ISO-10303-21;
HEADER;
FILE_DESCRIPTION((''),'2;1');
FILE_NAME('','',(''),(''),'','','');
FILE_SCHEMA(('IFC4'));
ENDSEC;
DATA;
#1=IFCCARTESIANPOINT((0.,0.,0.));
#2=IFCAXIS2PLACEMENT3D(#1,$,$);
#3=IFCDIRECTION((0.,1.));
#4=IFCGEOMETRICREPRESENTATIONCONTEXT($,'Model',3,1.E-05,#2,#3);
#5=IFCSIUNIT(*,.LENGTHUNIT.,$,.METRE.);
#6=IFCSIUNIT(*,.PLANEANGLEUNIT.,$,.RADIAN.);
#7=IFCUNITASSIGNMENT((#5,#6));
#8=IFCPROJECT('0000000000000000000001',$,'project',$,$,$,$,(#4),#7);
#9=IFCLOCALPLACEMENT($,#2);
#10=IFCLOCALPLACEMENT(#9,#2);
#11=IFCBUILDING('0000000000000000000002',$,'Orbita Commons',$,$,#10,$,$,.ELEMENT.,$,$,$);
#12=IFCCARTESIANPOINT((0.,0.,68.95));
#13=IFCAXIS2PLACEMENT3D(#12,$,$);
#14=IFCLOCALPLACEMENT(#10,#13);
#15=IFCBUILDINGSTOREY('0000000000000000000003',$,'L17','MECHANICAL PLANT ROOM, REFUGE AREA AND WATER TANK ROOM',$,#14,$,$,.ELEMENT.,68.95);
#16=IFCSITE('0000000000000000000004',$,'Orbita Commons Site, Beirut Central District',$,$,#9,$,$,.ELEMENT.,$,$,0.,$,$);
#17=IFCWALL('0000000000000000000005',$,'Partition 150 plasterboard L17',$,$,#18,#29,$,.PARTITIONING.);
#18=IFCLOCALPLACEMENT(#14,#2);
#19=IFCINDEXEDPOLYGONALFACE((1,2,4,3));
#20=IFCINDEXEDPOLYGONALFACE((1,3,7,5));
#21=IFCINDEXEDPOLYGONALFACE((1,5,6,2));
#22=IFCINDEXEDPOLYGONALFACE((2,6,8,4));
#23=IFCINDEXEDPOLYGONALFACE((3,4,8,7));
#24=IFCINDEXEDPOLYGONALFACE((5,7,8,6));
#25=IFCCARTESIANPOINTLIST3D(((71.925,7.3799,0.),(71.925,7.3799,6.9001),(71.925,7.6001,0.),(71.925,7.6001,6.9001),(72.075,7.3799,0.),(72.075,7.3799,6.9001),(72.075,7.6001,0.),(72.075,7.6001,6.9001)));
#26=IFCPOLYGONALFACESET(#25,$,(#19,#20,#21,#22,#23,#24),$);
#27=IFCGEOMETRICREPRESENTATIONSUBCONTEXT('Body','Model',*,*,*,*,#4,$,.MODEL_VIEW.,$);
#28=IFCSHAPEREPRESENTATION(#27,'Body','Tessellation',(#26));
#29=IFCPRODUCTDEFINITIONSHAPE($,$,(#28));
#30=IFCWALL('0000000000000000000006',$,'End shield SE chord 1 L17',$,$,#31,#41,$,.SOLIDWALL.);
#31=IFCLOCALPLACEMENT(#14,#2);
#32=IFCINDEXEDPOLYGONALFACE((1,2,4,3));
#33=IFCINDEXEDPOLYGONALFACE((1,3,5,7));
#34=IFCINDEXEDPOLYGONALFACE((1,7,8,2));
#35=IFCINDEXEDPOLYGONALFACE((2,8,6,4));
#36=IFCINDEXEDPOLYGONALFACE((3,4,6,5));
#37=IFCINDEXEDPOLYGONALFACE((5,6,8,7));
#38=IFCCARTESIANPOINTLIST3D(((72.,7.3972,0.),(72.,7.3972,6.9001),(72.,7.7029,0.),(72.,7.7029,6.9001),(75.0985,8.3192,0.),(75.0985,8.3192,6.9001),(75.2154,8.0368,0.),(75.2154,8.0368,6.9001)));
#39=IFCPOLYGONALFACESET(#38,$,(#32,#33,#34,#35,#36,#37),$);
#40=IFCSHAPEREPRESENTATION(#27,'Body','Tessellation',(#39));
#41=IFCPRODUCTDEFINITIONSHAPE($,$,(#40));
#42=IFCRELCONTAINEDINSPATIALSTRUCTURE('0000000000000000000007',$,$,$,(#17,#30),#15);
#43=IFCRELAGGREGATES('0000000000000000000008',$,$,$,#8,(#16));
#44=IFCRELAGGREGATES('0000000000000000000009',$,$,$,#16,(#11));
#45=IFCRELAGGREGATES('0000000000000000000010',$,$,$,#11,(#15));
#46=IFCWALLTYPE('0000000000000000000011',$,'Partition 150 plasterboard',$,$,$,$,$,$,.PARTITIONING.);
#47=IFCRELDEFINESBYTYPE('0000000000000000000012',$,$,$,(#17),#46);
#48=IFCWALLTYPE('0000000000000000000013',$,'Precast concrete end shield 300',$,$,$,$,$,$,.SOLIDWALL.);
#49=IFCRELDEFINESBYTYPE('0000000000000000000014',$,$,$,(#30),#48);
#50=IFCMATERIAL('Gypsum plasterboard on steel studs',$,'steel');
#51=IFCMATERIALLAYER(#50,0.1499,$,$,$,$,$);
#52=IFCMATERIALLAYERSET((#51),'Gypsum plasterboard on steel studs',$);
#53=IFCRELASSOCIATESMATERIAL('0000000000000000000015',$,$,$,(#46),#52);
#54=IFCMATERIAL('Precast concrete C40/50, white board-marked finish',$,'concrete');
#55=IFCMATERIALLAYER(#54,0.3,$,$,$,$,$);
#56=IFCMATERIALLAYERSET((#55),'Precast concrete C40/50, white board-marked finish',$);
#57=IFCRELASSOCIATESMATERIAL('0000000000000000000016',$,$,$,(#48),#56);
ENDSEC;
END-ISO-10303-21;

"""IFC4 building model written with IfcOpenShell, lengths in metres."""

from ifc_helpers import new_model, si_unit, direction, frame, frame_2d, origin, place, context, subcontext, project, spatial, polyline, rectangle, outline, extrude, material, layer, layer_set, type_object, element, save


model = new_model("IFC4")

# Units and contexts
model_context = context("Model", 3, precision=1e-05, world=origin(), true_north=direction((0.0, 1.0)))
body_context = subcontext(model_context, "Body", "Model", "MODEL_VIEW")
ifc_project = project(units=[si_unit("LENGTHUNIT", "METRE"), si_unit("PLANEANGLEUNIT", "RADIAN")], contexts=[model_context])

# Site, building, storey
site_placement = place(None, origin())
site = spatial("IfcSite", under=ifc_project, at=site_placement, Name="Orbita Commons Site, Beirut Central District", CompositionType="ELEMENT", RefElevation=0.0)
building_placement = place(site_placement, origin())
building = spatial("IfcBuilding", under=site, at=building_placement, Name="Orbita Commons", CompositionType="ELEMENT")
storey_placement = place(building_placement, frame((0.0, 0.0, 68.95)))
storey = spatial("IfcBuildingStorey", under=building, at=storey_placement, Name="L17", Description="MECHANICAL PLANT ROOM, REFUGE AREA AND WATER TANK ROOM", CompositionType="ELEMENT", Elevation=68.95)

# Walls
ifc_material_1 = material(Name="Gypsum plasterboard on steel studs", Category="steel")
ifc_layer_1 = layer(ifc_material_1, 0.1499)
ifc_layer_set_1 = layer_set([ifc_layer_1], Name="Gypsum plasterboard on steel studs")
wall_type_1 = type_object("IfcWallType", Name="Partition 150 plasterboard", PredefinedType="PARTITIONING", material=ifc_layer_set_1)
wall_1_placement = place(storey_placement, frame((72.0, 7.6001, 0.0), z_axis=(0.0, 0.0, 1.0), x_axis=(0.0, -1.0, 0.0)))
element("IfcWall", 1, at=wall_1_placement, inside=storey, type_object=wall_type_1, Name="Partition 150 plasterboard L17", PredefinedType="PARTITIONING", context=body_context, shape_type="SweptSolid", body=[
    extrude(rectangle(XDim=0.2202, YDim=0.1499, at=frame_2d((0.1101, 0.0))), origin(), (0.0, 0.0, 1.0), 6.9001),
])
ifc_material_2 = material(Name="Precast concrete C40/50, white board-marked finish", Category="concrete")
ifc_layer_2 = layer(ifc_material_2, 0.3)
ifc_layer_set_2 = layer_set([ifc_layer_2], Name="Precast concrete C40/50, white board-marked finish")
wall_type_2 = type_object("IfcWallType", Name="Precast concrete end shield 300", PredefinedType="SOLIDWALL", material=ifc_layer_set_2)
wall_2_placement = place(storey_placement, frame((72.0, 7.55, 0.0), z_axis=(0.0, 0.0, 1.0), x_axis=(0.980787, 0.19508, 0.0)))
element("IfcWall", 2, at=wall_2_placement, inside=storey, type_object=wall_type_2, Name="End shield SE chord 1 L17", PredefinedType="SOLIDWALL", context=body_context, shape_type="SweptSolid", body=[
    extrude(outline(polyline([(-0.0298, -0.1499), (3.2485, -0.1499), (3.189, 0.1499), (0.0298, 0.1499), (-0.0298, -0.1499)])), origin(), (0.0, 0.0, 1.0), 6.9001),
])

save(model, "model.ifc")
